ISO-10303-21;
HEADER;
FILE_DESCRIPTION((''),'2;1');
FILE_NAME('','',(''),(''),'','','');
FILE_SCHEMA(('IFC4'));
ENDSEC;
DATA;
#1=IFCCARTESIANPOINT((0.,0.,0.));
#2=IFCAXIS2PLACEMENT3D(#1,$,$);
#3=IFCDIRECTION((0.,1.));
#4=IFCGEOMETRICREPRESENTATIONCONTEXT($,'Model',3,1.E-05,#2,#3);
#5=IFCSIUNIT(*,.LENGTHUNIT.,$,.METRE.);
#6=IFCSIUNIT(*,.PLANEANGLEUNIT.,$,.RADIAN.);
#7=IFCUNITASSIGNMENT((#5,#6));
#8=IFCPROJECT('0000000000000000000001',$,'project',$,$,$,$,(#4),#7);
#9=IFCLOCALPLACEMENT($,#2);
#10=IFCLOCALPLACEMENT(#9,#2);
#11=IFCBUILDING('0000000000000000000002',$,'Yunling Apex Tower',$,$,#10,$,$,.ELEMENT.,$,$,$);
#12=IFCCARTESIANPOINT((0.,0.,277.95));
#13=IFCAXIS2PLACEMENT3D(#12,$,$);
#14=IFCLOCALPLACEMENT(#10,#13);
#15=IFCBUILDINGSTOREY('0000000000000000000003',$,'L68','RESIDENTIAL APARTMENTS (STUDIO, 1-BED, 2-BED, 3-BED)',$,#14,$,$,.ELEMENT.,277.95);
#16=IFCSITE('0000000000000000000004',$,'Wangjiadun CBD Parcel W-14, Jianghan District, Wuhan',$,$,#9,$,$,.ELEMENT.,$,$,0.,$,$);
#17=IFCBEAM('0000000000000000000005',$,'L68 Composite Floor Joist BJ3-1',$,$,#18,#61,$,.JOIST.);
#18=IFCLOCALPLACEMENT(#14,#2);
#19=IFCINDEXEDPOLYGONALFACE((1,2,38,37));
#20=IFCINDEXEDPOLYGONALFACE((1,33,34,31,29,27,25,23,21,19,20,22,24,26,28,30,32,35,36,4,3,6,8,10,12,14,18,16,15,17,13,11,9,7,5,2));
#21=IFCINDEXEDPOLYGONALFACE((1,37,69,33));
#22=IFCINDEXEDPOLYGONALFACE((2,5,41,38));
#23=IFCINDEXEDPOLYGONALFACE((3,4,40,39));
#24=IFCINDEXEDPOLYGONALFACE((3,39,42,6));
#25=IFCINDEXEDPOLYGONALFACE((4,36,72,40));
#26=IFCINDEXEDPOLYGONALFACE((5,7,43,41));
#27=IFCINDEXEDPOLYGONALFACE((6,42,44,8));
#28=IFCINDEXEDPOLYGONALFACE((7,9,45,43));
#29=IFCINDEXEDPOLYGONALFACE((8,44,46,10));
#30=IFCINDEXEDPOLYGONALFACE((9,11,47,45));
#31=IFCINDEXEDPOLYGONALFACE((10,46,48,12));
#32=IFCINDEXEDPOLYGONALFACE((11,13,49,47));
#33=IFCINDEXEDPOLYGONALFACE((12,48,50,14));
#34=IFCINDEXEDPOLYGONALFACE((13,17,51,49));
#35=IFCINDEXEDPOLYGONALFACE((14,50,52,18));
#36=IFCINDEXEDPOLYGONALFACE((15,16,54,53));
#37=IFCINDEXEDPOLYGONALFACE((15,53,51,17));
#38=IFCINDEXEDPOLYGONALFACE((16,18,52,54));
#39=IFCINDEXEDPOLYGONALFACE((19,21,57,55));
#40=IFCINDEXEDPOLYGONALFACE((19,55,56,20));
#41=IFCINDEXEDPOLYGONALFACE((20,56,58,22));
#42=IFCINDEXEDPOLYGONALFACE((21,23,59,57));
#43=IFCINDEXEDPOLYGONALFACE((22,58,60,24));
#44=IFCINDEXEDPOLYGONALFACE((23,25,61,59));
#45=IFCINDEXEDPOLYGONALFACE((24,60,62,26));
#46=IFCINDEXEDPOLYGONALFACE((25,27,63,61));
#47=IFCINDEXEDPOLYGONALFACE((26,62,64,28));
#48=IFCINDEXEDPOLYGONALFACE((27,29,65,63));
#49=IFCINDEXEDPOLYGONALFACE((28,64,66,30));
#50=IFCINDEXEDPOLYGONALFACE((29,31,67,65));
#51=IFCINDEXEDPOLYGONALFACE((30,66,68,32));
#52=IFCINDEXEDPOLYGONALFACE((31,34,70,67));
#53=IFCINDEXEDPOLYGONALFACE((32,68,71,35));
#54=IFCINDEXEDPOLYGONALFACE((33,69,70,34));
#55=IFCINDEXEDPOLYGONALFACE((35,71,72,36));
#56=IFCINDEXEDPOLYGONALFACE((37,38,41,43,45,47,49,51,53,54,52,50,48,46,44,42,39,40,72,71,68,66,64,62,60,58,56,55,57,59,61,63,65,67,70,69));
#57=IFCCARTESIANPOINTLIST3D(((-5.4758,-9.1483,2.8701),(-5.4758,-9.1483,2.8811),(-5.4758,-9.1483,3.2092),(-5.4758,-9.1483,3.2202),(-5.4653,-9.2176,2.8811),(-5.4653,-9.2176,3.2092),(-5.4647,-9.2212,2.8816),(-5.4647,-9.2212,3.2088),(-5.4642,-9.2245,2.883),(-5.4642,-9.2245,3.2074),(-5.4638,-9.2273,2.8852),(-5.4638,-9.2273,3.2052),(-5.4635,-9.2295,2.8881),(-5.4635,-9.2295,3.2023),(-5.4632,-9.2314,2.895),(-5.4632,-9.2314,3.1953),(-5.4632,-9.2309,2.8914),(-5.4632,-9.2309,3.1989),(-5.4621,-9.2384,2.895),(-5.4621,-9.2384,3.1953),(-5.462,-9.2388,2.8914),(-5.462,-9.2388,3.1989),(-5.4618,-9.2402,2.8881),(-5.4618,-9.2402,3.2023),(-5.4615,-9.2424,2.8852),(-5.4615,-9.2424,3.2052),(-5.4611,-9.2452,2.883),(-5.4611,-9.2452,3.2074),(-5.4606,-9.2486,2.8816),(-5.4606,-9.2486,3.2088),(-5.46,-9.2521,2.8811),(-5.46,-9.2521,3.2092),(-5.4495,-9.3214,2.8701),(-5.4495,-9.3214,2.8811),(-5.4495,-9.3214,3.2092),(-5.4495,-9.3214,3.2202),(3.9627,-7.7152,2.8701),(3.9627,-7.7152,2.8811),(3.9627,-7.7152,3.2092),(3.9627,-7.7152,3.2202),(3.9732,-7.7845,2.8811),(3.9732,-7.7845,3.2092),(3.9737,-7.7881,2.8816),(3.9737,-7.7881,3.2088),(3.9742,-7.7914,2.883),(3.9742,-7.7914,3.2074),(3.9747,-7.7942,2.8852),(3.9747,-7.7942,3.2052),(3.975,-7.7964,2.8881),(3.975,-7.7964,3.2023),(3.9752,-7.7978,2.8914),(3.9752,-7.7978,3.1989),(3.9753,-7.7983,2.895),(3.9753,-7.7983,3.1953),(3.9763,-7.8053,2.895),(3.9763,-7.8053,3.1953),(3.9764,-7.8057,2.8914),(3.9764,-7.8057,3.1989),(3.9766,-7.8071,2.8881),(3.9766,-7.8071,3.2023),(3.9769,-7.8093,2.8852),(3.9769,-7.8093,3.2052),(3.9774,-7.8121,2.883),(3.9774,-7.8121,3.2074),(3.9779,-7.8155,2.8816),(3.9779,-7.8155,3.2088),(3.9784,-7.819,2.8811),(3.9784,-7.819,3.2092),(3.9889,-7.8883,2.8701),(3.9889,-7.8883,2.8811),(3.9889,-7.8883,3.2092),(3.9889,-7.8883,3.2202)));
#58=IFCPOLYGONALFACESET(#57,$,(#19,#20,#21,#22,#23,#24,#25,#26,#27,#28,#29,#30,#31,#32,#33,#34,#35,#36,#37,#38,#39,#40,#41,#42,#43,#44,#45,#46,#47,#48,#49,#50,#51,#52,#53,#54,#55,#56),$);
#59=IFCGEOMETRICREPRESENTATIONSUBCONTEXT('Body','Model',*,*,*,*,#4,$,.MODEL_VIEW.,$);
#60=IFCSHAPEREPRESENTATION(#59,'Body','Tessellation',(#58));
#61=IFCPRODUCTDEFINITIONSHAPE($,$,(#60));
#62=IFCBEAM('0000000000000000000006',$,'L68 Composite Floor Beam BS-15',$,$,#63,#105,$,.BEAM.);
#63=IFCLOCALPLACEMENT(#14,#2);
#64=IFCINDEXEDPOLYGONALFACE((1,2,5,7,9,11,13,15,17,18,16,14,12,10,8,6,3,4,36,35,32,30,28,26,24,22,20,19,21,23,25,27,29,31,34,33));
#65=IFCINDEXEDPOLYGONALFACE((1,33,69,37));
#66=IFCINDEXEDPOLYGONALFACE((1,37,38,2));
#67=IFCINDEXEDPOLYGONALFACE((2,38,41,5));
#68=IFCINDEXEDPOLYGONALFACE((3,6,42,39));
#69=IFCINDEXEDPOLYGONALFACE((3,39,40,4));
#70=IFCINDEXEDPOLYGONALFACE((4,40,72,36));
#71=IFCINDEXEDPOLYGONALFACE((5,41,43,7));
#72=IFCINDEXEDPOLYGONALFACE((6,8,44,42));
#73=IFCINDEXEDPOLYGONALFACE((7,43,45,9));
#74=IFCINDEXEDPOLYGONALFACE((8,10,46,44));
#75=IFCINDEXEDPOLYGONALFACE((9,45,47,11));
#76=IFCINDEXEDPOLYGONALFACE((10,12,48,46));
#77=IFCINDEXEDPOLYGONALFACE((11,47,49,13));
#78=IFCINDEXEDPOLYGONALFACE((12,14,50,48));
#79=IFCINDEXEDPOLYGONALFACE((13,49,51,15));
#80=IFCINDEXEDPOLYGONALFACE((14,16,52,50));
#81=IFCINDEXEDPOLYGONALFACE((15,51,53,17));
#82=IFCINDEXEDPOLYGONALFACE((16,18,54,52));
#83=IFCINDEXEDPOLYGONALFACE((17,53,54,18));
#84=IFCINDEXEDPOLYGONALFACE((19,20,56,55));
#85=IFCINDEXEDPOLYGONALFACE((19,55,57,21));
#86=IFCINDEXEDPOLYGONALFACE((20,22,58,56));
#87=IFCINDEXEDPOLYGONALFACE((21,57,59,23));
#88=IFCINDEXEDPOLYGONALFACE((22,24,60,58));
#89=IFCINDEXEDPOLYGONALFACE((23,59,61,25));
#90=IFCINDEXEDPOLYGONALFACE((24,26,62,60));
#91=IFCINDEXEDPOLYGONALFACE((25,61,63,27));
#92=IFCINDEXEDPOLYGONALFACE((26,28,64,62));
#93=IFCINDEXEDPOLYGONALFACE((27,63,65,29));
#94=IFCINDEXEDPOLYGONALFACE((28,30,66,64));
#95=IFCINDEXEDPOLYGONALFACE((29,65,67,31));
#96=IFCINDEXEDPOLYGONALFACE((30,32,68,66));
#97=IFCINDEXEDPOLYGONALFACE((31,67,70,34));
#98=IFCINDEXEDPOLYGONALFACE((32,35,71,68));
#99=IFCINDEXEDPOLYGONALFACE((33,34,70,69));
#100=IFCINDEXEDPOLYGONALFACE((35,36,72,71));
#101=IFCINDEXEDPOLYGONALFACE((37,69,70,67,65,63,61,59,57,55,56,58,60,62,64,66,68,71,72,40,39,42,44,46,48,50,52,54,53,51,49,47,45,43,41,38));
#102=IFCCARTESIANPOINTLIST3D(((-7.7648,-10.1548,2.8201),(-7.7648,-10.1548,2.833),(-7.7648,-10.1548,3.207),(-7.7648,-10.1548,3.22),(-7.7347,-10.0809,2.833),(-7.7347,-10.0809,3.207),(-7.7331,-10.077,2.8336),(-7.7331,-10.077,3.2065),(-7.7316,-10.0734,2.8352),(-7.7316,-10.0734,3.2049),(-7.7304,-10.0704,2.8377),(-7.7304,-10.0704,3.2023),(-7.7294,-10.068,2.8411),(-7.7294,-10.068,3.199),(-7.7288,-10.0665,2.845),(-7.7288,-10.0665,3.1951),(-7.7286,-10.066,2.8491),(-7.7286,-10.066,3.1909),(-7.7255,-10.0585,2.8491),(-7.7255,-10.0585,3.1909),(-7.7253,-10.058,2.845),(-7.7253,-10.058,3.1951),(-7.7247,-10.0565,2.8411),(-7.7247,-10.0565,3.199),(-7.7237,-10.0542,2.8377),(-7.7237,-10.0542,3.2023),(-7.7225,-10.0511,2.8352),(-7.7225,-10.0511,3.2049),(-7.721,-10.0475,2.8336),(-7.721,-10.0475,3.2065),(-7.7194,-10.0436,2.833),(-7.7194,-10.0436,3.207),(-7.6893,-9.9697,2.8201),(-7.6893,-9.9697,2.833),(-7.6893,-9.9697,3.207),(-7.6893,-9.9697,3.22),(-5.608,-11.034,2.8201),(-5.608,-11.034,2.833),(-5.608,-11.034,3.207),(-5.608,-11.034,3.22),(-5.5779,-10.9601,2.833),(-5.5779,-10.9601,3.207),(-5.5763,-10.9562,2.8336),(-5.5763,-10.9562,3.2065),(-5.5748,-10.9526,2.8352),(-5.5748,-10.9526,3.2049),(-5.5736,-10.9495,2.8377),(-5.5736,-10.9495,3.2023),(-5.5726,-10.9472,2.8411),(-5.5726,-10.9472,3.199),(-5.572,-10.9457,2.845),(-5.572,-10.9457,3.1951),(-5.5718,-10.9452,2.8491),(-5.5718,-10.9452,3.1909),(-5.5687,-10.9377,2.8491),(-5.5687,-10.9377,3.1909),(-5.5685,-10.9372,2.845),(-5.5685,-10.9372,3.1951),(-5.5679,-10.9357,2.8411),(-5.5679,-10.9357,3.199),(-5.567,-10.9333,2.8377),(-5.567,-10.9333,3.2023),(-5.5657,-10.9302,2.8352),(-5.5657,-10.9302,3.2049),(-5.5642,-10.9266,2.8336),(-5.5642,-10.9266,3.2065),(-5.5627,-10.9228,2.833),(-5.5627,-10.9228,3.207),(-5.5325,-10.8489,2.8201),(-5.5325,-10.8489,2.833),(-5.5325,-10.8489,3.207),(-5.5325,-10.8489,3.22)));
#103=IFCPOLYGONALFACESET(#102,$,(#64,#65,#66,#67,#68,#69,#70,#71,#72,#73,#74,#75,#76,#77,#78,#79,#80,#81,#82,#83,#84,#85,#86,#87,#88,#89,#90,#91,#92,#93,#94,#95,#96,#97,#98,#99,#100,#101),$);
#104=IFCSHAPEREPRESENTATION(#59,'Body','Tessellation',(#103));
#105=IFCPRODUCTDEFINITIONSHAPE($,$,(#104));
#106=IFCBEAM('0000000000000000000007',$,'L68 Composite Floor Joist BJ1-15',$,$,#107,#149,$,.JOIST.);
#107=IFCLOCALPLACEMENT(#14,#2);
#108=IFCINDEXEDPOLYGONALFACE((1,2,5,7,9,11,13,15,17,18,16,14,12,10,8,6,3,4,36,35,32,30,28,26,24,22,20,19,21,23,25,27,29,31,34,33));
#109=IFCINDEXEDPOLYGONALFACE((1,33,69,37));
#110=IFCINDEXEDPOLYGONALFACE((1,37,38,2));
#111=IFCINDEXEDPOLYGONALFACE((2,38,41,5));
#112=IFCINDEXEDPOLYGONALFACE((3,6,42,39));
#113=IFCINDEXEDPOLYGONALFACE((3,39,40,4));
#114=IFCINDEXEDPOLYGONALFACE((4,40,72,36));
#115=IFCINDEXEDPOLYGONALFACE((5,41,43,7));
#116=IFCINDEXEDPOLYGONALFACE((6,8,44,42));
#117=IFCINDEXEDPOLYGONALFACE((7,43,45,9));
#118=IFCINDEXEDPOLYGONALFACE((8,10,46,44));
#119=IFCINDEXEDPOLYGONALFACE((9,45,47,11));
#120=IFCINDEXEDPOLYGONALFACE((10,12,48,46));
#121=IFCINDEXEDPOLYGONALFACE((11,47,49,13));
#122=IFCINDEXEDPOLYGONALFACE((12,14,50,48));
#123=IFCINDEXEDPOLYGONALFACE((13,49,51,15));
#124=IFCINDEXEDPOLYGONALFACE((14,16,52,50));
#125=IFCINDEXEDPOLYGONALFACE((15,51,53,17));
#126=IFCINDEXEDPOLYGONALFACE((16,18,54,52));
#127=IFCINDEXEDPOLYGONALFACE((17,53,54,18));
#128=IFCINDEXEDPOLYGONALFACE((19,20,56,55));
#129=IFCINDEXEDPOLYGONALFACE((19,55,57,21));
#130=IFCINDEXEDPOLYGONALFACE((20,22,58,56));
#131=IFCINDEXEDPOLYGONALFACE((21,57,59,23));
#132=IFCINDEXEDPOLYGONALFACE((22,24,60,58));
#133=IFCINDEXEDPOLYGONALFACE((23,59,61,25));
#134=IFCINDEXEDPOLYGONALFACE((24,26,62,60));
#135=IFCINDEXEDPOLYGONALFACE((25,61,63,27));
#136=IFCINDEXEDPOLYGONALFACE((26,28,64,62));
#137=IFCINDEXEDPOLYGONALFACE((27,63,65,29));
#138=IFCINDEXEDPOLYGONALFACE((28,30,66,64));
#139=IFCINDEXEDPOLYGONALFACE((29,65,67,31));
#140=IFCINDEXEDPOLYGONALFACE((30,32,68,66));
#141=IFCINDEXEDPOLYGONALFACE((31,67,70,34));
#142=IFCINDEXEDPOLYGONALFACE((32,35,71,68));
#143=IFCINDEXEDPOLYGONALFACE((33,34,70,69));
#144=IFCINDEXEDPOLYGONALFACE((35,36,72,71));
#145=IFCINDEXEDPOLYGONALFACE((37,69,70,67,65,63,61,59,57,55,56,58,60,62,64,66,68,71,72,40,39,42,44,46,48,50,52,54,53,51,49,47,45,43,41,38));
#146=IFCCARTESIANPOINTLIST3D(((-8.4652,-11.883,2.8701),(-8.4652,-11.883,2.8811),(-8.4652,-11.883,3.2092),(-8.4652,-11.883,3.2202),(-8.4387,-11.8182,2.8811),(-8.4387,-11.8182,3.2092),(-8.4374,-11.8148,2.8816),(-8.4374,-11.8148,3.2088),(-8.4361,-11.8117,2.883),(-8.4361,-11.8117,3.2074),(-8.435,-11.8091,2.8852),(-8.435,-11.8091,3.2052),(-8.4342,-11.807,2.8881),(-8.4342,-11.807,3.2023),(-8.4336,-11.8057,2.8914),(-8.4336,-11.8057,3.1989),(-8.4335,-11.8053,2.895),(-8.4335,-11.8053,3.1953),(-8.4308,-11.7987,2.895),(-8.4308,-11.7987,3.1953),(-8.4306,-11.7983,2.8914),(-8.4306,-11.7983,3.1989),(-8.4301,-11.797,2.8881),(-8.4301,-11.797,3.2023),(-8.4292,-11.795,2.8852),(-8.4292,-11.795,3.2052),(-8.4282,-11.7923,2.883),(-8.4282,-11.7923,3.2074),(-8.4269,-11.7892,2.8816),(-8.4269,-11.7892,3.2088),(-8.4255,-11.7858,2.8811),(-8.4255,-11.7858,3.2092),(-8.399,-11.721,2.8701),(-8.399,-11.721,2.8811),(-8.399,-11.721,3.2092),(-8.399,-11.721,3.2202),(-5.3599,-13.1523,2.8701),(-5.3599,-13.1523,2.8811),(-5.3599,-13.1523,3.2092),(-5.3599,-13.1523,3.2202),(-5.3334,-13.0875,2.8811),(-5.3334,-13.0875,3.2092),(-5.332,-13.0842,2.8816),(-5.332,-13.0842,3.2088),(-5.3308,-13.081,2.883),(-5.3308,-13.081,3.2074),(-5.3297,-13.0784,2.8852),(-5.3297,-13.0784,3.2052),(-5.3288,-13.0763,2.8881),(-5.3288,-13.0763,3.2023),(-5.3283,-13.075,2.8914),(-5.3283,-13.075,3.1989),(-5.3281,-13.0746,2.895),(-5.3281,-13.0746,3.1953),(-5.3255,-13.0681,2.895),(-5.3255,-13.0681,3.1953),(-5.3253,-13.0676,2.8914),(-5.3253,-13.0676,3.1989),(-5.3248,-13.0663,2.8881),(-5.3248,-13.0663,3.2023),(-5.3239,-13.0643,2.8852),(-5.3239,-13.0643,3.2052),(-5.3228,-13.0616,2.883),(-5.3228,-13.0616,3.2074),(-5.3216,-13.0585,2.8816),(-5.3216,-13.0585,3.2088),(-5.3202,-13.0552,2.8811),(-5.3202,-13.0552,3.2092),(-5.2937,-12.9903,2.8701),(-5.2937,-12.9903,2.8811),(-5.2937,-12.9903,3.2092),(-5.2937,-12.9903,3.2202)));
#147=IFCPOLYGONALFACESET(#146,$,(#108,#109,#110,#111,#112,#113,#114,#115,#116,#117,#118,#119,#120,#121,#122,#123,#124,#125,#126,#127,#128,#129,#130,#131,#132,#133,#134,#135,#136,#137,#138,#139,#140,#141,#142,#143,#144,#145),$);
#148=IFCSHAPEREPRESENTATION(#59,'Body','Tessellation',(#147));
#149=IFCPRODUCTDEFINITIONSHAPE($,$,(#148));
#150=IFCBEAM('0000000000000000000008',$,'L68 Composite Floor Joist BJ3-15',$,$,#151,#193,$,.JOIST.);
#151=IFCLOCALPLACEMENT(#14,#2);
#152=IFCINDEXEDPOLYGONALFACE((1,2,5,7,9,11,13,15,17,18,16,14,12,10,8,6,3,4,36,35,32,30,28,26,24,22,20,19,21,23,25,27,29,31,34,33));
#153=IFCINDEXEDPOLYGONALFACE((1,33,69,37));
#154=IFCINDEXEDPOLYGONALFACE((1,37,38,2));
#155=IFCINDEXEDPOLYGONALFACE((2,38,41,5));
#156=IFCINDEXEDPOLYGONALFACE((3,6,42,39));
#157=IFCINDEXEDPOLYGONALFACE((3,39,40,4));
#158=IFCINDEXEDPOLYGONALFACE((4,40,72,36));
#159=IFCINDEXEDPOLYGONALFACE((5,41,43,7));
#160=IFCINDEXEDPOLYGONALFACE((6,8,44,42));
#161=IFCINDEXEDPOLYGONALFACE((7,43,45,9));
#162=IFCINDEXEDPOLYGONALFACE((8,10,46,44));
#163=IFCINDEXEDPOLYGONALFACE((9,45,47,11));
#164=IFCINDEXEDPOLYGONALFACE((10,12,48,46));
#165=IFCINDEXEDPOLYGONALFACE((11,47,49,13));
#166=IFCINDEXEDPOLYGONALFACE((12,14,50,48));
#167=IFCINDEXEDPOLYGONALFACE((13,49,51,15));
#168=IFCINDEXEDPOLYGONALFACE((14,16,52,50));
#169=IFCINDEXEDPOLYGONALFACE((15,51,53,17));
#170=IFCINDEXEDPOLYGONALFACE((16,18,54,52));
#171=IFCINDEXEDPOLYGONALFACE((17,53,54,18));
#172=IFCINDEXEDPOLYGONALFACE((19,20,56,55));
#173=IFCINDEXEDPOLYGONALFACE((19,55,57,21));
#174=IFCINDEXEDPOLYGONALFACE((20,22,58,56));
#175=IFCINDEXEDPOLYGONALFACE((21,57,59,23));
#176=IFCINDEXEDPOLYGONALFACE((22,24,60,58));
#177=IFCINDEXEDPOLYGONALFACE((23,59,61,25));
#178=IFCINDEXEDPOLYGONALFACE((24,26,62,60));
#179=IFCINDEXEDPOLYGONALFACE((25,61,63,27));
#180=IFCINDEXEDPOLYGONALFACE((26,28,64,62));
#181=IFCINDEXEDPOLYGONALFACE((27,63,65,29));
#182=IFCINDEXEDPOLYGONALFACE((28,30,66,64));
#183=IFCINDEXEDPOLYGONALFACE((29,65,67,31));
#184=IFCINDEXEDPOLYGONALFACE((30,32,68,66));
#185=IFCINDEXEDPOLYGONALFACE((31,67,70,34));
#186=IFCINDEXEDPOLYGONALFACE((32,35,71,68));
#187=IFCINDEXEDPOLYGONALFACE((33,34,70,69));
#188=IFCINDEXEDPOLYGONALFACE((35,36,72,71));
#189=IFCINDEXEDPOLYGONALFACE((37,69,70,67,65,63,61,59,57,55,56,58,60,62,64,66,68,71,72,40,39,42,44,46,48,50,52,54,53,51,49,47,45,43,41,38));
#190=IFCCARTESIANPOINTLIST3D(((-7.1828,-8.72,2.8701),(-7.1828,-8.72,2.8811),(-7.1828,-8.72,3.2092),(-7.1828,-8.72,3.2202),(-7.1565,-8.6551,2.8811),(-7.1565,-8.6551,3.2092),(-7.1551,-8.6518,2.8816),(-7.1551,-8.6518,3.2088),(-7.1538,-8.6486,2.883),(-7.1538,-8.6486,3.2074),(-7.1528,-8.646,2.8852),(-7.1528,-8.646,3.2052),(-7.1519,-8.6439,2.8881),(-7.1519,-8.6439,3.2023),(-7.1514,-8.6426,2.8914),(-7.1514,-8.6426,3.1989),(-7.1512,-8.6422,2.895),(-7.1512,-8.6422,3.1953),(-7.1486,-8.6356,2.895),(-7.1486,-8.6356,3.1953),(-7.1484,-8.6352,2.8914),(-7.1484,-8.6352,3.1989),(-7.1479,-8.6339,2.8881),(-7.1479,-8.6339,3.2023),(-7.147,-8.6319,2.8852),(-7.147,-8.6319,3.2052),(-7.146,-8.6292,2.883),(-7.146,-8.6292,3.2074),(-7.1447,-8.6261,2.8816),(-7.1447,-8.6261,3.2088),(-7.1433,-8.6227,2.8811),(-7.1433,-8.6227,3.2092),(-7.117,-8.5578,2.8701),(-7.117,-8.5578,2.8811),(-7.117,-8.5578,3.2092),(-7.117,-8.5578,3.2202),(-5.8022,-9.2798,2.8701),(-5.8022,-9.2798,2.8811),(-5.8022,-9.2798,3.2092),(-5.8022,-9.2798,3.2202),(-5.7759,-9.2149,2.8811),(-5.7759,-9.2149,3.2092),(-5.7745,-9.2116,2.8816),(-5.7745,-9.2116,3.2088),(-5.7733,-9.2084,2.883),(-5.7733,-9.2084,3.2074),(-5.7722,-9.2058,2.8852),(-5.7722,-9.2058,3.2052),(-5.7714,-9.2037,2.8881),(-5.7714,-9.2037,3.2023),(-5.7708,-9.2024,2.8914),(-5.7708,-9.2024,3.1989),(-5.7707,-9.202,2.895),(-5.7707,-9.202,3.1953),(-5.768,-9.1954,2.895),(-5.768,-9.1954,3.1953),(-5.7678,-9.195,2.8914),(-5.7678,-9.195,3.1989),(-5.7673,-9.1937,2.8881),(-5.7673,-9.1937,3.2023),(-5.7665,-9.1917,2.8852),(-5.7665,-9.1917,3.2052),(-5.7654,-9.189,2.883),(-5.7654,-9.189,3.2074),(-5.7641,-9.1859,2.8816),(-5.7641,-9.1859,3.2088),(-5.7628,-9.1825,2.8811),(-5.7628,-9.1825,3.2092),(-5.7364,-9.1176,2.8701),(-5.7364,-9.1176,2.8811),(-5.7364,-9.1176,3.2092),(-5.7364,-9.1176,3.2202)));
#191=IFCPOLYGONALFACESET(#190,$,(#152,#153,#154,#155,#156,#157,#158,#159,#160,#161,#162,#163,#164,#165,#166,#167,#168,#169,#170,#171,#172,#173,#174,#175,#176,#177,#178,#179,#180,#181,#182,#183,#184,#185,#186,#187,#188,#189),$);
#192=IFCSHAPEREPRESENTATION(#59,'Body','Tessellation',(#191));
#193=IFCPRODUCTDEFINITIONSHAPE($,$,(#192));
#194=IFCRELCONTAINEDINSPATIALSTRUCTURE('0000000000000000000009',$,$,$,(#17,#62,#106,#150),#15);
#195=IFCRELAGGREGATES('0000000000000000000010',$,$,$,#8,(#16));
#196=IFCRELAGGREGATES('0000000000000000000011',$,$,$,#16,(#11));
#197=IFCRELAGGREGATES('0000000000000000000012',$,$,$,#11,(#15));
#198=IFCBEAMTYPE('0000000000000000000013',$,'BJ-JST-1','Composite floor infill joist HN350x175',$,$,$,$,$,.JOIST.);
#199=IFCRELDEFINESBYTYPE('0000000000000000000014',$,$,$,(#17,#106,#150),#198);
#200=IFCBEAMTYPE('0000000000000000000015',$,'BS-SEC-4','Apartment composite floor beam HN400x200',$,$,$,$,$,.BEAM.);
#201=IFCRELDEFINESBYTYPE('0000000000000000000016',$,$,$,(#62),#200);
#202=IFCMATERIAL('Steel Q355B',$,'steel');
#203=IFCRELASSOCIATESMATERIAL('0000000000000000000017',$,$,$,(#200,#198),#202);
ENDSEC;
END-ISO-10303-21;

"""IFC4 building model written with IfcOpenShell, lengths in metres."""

from ifc_helpers import new_model, si_unit, direction, frame, origin, origin_2d, place, context, subcontext, project, spatial, i_section, extrude, source, transform, mapped, material, material_profile, profile_set, type_object, element, save


model = new_model("IFC4")

# Units and contexts
model_context = context("Model", 3, precision=1e-05, world=origin(), true_north=direction((0.0, 1.0)))
body_context = subcontext(model_context, "Body", "Model", "MODEL_VIEW")
ifc_project = project(units=[si_unit("LENGTHUNIT", "METRE"), si_unit("PLANEANGLEUNIT", "RADIAN")], contexts=[model_context])

# Site, building, storey
site_placement = place(None, origin())
site = spatial("IfcSite", under=ifc_project, at=site_placement, Name="Wangjiadun CBD Parcel W-14, Jianghan District, Wuhan", CompositionType="ELEMENT", RefElevation=0.0)
building_placement = place(site_placement, origin())
building = spatial("IfcBuilding", under=site, at=building_placement, Name="Yunling Apex Tower", CompositionType="ELEMENT")
storey_placement = place(building_placement, frame((0.0, 0.0, 277.95)))
storey = spatial("IfcBuildingStorey", under=building, at=storey_placement, Name="L68", Description="RESIDENTIAL APARTMENTS (STUDIO, 1-BED, 2-BED, 3-BED)", CompositionType="ELEMENT", Elevation=277.95)

# Shared definitions
ifc_material_1 = material(Name="Steel Q355B", Category="steel")

# Beams
ifc_material_profile_1 = material_profile(ifc_material_1, i_section(OverallWidth=0.2, OverallDepth=0.3999, WebThickness=0.0081, FlangeThickness=0.0129, FilletRadius=0.0161, at=origin_2d()))
ifc_profile_set_1 = profile_set([ifc_material_profile_1], Name="Steel Q355B")
beam_type_1 = type_object("IfcBeamType", Name="BS-SEC-4", Description="Apartment composite floor beam HN400x200", PredefinedType="BEAM", material=ifc_profile_set_1)
ifc_material_profile_2 = material_profile(ifc_material_1, i_section(OverallWidth=0.175, OverallDepth=0.3501, WebThickness=0.0071, FlangeThickness=0.011, FilletRadius=0.0139, at=origin_2d()))
ifc_profile_set_2 = profile_set([ifc_material_profile_2], Name="Steel Q355B")
beam_type_2 = type_object("IfcBeamType", Name="BJ-JST-1", Description="Composite floor infill joist HN350x175", PredefinedType="JOIST", material=ifc_profile_set_2)
shared_shape_1 = source(origin(), body_context, "Body", "SweptSolid", [
    extrude(i_section(OverallWidth=0.175, OverallDepth=0.3501, WebThickness=0.0071, FlangeThickness=0.011, FilletRadius=0.0139, at=origin_2d()), origin(), (0.0, 0.0, 1.0), 9.5466),
])
beam_1_placement = place(storey_placement, frame((-5.4626, -9.2349, 3.0452), z_axis=(0.988668, 0.150116, 0.0), x_axis=(-0.150116, 0.988668, 0.0)))
element("IfcBeam", 1, at=beam_1_placement, inside=storey, type_object=beam_type_2, Name="L68 Composite Floor Joist BJ3-1", PredefinedType="JOIST", context=body_context, shape_type="MappedRepresentation", body=[
    mapped(shared_shape_1, transform((0.0, 0.0, 0.0), scale=1.0)),
])
shared_shape_2 = source(origin(), body_context, "Body", "SweptSolid", [
    extrude(i_section(OverallWidth=0.2, OverallDepth=0.3999, WebThickness=0.0081, FlangeThickness=0.0129, FilletRadius=0.0161, at=origin_2d()), origin(), (0.0, 0.0, 1.0), 2.3291),
])
beam_2_placement = place(storey_placement, frame((-7.7271, -10.0623, 3.02), z_axis=(0.92602, -0.377473, 0.0), x_axis=(0.377473, 0.92602, 0.0)))
element("IfcBeam", 2, at=beam_2_placement, inside=storey, type_object=beam_type_1, Name="L68 Composite Floor Beam BS-15", PredefinedType="BEAM", context=body_context, shape_type="MappedRepresentation", body=[
    mapped(shared_shape_2, transform((0.0, 0.0, 0.0), scale=1.0)),
])
shared_shape_3 = source(origin(), body_context, "Body", "SweptSolid", [
    extrude(i_section(OverallWidth=0.175, OverallDepth=0.3501, WebThickness=0.0071, FlangeThickness=0.011, FilletRadius=0.0139, at=origin_2d()), origin(), (0.0, 0.0, 1.0), 3.3547),
])
beam_3_placement = place(storey_placement, frame((-8.4321, -11.802, 3.0452), z_axis=(0.925655, -0.378369, 0.0), x_axis=(0.378369, 0.925655, 0.0)))
element("IfcBeam", 3, at=beam_3_placement, inside=storey, type_object=beam_type_2, Name="L68 Composite Floor Joist BJ1-15", PredefinedType="JOIST", context=body_context, shape_type="MappedRepresentation", body=[
    mapped(shared_shape_3, transform((0.0, 0.0, 0.0), scale=1.0)),
])
shared_shape_4 = source(origin(), body_context, "Body", "SweptSolid", [
    extrude(i_section(OverallWidth=0.175, OverallDepth=0.3501, WebThickness=0.0071, FlangeThickness=0.011, FilletRadius=0.0139, at=origin_2d()), origin(), (0.0, 0.0, 1.0), 1.4897),
])
beam_4_placement = place(storey_placement, frame((-7.1499, -8.6389, 3.0452), z_axis=(0.926715, -0.375766, 0.0), x_axis=(0.375766, 0.926715, 0.0)))
element("IfcBeam", 4, at=beam_4_placement, inside=storey, type_object=beam_type_2, Name="L68 Composite Floor Joist BJ3-15", PredefinedType="JOIST", context=body_context, shape_type="MappedRepresentation", body=[
    mapped(shared_shape_4, transform((0.0, 0.0, 0.0), scale=1.0)),
])

save(model, "model.ifc")
